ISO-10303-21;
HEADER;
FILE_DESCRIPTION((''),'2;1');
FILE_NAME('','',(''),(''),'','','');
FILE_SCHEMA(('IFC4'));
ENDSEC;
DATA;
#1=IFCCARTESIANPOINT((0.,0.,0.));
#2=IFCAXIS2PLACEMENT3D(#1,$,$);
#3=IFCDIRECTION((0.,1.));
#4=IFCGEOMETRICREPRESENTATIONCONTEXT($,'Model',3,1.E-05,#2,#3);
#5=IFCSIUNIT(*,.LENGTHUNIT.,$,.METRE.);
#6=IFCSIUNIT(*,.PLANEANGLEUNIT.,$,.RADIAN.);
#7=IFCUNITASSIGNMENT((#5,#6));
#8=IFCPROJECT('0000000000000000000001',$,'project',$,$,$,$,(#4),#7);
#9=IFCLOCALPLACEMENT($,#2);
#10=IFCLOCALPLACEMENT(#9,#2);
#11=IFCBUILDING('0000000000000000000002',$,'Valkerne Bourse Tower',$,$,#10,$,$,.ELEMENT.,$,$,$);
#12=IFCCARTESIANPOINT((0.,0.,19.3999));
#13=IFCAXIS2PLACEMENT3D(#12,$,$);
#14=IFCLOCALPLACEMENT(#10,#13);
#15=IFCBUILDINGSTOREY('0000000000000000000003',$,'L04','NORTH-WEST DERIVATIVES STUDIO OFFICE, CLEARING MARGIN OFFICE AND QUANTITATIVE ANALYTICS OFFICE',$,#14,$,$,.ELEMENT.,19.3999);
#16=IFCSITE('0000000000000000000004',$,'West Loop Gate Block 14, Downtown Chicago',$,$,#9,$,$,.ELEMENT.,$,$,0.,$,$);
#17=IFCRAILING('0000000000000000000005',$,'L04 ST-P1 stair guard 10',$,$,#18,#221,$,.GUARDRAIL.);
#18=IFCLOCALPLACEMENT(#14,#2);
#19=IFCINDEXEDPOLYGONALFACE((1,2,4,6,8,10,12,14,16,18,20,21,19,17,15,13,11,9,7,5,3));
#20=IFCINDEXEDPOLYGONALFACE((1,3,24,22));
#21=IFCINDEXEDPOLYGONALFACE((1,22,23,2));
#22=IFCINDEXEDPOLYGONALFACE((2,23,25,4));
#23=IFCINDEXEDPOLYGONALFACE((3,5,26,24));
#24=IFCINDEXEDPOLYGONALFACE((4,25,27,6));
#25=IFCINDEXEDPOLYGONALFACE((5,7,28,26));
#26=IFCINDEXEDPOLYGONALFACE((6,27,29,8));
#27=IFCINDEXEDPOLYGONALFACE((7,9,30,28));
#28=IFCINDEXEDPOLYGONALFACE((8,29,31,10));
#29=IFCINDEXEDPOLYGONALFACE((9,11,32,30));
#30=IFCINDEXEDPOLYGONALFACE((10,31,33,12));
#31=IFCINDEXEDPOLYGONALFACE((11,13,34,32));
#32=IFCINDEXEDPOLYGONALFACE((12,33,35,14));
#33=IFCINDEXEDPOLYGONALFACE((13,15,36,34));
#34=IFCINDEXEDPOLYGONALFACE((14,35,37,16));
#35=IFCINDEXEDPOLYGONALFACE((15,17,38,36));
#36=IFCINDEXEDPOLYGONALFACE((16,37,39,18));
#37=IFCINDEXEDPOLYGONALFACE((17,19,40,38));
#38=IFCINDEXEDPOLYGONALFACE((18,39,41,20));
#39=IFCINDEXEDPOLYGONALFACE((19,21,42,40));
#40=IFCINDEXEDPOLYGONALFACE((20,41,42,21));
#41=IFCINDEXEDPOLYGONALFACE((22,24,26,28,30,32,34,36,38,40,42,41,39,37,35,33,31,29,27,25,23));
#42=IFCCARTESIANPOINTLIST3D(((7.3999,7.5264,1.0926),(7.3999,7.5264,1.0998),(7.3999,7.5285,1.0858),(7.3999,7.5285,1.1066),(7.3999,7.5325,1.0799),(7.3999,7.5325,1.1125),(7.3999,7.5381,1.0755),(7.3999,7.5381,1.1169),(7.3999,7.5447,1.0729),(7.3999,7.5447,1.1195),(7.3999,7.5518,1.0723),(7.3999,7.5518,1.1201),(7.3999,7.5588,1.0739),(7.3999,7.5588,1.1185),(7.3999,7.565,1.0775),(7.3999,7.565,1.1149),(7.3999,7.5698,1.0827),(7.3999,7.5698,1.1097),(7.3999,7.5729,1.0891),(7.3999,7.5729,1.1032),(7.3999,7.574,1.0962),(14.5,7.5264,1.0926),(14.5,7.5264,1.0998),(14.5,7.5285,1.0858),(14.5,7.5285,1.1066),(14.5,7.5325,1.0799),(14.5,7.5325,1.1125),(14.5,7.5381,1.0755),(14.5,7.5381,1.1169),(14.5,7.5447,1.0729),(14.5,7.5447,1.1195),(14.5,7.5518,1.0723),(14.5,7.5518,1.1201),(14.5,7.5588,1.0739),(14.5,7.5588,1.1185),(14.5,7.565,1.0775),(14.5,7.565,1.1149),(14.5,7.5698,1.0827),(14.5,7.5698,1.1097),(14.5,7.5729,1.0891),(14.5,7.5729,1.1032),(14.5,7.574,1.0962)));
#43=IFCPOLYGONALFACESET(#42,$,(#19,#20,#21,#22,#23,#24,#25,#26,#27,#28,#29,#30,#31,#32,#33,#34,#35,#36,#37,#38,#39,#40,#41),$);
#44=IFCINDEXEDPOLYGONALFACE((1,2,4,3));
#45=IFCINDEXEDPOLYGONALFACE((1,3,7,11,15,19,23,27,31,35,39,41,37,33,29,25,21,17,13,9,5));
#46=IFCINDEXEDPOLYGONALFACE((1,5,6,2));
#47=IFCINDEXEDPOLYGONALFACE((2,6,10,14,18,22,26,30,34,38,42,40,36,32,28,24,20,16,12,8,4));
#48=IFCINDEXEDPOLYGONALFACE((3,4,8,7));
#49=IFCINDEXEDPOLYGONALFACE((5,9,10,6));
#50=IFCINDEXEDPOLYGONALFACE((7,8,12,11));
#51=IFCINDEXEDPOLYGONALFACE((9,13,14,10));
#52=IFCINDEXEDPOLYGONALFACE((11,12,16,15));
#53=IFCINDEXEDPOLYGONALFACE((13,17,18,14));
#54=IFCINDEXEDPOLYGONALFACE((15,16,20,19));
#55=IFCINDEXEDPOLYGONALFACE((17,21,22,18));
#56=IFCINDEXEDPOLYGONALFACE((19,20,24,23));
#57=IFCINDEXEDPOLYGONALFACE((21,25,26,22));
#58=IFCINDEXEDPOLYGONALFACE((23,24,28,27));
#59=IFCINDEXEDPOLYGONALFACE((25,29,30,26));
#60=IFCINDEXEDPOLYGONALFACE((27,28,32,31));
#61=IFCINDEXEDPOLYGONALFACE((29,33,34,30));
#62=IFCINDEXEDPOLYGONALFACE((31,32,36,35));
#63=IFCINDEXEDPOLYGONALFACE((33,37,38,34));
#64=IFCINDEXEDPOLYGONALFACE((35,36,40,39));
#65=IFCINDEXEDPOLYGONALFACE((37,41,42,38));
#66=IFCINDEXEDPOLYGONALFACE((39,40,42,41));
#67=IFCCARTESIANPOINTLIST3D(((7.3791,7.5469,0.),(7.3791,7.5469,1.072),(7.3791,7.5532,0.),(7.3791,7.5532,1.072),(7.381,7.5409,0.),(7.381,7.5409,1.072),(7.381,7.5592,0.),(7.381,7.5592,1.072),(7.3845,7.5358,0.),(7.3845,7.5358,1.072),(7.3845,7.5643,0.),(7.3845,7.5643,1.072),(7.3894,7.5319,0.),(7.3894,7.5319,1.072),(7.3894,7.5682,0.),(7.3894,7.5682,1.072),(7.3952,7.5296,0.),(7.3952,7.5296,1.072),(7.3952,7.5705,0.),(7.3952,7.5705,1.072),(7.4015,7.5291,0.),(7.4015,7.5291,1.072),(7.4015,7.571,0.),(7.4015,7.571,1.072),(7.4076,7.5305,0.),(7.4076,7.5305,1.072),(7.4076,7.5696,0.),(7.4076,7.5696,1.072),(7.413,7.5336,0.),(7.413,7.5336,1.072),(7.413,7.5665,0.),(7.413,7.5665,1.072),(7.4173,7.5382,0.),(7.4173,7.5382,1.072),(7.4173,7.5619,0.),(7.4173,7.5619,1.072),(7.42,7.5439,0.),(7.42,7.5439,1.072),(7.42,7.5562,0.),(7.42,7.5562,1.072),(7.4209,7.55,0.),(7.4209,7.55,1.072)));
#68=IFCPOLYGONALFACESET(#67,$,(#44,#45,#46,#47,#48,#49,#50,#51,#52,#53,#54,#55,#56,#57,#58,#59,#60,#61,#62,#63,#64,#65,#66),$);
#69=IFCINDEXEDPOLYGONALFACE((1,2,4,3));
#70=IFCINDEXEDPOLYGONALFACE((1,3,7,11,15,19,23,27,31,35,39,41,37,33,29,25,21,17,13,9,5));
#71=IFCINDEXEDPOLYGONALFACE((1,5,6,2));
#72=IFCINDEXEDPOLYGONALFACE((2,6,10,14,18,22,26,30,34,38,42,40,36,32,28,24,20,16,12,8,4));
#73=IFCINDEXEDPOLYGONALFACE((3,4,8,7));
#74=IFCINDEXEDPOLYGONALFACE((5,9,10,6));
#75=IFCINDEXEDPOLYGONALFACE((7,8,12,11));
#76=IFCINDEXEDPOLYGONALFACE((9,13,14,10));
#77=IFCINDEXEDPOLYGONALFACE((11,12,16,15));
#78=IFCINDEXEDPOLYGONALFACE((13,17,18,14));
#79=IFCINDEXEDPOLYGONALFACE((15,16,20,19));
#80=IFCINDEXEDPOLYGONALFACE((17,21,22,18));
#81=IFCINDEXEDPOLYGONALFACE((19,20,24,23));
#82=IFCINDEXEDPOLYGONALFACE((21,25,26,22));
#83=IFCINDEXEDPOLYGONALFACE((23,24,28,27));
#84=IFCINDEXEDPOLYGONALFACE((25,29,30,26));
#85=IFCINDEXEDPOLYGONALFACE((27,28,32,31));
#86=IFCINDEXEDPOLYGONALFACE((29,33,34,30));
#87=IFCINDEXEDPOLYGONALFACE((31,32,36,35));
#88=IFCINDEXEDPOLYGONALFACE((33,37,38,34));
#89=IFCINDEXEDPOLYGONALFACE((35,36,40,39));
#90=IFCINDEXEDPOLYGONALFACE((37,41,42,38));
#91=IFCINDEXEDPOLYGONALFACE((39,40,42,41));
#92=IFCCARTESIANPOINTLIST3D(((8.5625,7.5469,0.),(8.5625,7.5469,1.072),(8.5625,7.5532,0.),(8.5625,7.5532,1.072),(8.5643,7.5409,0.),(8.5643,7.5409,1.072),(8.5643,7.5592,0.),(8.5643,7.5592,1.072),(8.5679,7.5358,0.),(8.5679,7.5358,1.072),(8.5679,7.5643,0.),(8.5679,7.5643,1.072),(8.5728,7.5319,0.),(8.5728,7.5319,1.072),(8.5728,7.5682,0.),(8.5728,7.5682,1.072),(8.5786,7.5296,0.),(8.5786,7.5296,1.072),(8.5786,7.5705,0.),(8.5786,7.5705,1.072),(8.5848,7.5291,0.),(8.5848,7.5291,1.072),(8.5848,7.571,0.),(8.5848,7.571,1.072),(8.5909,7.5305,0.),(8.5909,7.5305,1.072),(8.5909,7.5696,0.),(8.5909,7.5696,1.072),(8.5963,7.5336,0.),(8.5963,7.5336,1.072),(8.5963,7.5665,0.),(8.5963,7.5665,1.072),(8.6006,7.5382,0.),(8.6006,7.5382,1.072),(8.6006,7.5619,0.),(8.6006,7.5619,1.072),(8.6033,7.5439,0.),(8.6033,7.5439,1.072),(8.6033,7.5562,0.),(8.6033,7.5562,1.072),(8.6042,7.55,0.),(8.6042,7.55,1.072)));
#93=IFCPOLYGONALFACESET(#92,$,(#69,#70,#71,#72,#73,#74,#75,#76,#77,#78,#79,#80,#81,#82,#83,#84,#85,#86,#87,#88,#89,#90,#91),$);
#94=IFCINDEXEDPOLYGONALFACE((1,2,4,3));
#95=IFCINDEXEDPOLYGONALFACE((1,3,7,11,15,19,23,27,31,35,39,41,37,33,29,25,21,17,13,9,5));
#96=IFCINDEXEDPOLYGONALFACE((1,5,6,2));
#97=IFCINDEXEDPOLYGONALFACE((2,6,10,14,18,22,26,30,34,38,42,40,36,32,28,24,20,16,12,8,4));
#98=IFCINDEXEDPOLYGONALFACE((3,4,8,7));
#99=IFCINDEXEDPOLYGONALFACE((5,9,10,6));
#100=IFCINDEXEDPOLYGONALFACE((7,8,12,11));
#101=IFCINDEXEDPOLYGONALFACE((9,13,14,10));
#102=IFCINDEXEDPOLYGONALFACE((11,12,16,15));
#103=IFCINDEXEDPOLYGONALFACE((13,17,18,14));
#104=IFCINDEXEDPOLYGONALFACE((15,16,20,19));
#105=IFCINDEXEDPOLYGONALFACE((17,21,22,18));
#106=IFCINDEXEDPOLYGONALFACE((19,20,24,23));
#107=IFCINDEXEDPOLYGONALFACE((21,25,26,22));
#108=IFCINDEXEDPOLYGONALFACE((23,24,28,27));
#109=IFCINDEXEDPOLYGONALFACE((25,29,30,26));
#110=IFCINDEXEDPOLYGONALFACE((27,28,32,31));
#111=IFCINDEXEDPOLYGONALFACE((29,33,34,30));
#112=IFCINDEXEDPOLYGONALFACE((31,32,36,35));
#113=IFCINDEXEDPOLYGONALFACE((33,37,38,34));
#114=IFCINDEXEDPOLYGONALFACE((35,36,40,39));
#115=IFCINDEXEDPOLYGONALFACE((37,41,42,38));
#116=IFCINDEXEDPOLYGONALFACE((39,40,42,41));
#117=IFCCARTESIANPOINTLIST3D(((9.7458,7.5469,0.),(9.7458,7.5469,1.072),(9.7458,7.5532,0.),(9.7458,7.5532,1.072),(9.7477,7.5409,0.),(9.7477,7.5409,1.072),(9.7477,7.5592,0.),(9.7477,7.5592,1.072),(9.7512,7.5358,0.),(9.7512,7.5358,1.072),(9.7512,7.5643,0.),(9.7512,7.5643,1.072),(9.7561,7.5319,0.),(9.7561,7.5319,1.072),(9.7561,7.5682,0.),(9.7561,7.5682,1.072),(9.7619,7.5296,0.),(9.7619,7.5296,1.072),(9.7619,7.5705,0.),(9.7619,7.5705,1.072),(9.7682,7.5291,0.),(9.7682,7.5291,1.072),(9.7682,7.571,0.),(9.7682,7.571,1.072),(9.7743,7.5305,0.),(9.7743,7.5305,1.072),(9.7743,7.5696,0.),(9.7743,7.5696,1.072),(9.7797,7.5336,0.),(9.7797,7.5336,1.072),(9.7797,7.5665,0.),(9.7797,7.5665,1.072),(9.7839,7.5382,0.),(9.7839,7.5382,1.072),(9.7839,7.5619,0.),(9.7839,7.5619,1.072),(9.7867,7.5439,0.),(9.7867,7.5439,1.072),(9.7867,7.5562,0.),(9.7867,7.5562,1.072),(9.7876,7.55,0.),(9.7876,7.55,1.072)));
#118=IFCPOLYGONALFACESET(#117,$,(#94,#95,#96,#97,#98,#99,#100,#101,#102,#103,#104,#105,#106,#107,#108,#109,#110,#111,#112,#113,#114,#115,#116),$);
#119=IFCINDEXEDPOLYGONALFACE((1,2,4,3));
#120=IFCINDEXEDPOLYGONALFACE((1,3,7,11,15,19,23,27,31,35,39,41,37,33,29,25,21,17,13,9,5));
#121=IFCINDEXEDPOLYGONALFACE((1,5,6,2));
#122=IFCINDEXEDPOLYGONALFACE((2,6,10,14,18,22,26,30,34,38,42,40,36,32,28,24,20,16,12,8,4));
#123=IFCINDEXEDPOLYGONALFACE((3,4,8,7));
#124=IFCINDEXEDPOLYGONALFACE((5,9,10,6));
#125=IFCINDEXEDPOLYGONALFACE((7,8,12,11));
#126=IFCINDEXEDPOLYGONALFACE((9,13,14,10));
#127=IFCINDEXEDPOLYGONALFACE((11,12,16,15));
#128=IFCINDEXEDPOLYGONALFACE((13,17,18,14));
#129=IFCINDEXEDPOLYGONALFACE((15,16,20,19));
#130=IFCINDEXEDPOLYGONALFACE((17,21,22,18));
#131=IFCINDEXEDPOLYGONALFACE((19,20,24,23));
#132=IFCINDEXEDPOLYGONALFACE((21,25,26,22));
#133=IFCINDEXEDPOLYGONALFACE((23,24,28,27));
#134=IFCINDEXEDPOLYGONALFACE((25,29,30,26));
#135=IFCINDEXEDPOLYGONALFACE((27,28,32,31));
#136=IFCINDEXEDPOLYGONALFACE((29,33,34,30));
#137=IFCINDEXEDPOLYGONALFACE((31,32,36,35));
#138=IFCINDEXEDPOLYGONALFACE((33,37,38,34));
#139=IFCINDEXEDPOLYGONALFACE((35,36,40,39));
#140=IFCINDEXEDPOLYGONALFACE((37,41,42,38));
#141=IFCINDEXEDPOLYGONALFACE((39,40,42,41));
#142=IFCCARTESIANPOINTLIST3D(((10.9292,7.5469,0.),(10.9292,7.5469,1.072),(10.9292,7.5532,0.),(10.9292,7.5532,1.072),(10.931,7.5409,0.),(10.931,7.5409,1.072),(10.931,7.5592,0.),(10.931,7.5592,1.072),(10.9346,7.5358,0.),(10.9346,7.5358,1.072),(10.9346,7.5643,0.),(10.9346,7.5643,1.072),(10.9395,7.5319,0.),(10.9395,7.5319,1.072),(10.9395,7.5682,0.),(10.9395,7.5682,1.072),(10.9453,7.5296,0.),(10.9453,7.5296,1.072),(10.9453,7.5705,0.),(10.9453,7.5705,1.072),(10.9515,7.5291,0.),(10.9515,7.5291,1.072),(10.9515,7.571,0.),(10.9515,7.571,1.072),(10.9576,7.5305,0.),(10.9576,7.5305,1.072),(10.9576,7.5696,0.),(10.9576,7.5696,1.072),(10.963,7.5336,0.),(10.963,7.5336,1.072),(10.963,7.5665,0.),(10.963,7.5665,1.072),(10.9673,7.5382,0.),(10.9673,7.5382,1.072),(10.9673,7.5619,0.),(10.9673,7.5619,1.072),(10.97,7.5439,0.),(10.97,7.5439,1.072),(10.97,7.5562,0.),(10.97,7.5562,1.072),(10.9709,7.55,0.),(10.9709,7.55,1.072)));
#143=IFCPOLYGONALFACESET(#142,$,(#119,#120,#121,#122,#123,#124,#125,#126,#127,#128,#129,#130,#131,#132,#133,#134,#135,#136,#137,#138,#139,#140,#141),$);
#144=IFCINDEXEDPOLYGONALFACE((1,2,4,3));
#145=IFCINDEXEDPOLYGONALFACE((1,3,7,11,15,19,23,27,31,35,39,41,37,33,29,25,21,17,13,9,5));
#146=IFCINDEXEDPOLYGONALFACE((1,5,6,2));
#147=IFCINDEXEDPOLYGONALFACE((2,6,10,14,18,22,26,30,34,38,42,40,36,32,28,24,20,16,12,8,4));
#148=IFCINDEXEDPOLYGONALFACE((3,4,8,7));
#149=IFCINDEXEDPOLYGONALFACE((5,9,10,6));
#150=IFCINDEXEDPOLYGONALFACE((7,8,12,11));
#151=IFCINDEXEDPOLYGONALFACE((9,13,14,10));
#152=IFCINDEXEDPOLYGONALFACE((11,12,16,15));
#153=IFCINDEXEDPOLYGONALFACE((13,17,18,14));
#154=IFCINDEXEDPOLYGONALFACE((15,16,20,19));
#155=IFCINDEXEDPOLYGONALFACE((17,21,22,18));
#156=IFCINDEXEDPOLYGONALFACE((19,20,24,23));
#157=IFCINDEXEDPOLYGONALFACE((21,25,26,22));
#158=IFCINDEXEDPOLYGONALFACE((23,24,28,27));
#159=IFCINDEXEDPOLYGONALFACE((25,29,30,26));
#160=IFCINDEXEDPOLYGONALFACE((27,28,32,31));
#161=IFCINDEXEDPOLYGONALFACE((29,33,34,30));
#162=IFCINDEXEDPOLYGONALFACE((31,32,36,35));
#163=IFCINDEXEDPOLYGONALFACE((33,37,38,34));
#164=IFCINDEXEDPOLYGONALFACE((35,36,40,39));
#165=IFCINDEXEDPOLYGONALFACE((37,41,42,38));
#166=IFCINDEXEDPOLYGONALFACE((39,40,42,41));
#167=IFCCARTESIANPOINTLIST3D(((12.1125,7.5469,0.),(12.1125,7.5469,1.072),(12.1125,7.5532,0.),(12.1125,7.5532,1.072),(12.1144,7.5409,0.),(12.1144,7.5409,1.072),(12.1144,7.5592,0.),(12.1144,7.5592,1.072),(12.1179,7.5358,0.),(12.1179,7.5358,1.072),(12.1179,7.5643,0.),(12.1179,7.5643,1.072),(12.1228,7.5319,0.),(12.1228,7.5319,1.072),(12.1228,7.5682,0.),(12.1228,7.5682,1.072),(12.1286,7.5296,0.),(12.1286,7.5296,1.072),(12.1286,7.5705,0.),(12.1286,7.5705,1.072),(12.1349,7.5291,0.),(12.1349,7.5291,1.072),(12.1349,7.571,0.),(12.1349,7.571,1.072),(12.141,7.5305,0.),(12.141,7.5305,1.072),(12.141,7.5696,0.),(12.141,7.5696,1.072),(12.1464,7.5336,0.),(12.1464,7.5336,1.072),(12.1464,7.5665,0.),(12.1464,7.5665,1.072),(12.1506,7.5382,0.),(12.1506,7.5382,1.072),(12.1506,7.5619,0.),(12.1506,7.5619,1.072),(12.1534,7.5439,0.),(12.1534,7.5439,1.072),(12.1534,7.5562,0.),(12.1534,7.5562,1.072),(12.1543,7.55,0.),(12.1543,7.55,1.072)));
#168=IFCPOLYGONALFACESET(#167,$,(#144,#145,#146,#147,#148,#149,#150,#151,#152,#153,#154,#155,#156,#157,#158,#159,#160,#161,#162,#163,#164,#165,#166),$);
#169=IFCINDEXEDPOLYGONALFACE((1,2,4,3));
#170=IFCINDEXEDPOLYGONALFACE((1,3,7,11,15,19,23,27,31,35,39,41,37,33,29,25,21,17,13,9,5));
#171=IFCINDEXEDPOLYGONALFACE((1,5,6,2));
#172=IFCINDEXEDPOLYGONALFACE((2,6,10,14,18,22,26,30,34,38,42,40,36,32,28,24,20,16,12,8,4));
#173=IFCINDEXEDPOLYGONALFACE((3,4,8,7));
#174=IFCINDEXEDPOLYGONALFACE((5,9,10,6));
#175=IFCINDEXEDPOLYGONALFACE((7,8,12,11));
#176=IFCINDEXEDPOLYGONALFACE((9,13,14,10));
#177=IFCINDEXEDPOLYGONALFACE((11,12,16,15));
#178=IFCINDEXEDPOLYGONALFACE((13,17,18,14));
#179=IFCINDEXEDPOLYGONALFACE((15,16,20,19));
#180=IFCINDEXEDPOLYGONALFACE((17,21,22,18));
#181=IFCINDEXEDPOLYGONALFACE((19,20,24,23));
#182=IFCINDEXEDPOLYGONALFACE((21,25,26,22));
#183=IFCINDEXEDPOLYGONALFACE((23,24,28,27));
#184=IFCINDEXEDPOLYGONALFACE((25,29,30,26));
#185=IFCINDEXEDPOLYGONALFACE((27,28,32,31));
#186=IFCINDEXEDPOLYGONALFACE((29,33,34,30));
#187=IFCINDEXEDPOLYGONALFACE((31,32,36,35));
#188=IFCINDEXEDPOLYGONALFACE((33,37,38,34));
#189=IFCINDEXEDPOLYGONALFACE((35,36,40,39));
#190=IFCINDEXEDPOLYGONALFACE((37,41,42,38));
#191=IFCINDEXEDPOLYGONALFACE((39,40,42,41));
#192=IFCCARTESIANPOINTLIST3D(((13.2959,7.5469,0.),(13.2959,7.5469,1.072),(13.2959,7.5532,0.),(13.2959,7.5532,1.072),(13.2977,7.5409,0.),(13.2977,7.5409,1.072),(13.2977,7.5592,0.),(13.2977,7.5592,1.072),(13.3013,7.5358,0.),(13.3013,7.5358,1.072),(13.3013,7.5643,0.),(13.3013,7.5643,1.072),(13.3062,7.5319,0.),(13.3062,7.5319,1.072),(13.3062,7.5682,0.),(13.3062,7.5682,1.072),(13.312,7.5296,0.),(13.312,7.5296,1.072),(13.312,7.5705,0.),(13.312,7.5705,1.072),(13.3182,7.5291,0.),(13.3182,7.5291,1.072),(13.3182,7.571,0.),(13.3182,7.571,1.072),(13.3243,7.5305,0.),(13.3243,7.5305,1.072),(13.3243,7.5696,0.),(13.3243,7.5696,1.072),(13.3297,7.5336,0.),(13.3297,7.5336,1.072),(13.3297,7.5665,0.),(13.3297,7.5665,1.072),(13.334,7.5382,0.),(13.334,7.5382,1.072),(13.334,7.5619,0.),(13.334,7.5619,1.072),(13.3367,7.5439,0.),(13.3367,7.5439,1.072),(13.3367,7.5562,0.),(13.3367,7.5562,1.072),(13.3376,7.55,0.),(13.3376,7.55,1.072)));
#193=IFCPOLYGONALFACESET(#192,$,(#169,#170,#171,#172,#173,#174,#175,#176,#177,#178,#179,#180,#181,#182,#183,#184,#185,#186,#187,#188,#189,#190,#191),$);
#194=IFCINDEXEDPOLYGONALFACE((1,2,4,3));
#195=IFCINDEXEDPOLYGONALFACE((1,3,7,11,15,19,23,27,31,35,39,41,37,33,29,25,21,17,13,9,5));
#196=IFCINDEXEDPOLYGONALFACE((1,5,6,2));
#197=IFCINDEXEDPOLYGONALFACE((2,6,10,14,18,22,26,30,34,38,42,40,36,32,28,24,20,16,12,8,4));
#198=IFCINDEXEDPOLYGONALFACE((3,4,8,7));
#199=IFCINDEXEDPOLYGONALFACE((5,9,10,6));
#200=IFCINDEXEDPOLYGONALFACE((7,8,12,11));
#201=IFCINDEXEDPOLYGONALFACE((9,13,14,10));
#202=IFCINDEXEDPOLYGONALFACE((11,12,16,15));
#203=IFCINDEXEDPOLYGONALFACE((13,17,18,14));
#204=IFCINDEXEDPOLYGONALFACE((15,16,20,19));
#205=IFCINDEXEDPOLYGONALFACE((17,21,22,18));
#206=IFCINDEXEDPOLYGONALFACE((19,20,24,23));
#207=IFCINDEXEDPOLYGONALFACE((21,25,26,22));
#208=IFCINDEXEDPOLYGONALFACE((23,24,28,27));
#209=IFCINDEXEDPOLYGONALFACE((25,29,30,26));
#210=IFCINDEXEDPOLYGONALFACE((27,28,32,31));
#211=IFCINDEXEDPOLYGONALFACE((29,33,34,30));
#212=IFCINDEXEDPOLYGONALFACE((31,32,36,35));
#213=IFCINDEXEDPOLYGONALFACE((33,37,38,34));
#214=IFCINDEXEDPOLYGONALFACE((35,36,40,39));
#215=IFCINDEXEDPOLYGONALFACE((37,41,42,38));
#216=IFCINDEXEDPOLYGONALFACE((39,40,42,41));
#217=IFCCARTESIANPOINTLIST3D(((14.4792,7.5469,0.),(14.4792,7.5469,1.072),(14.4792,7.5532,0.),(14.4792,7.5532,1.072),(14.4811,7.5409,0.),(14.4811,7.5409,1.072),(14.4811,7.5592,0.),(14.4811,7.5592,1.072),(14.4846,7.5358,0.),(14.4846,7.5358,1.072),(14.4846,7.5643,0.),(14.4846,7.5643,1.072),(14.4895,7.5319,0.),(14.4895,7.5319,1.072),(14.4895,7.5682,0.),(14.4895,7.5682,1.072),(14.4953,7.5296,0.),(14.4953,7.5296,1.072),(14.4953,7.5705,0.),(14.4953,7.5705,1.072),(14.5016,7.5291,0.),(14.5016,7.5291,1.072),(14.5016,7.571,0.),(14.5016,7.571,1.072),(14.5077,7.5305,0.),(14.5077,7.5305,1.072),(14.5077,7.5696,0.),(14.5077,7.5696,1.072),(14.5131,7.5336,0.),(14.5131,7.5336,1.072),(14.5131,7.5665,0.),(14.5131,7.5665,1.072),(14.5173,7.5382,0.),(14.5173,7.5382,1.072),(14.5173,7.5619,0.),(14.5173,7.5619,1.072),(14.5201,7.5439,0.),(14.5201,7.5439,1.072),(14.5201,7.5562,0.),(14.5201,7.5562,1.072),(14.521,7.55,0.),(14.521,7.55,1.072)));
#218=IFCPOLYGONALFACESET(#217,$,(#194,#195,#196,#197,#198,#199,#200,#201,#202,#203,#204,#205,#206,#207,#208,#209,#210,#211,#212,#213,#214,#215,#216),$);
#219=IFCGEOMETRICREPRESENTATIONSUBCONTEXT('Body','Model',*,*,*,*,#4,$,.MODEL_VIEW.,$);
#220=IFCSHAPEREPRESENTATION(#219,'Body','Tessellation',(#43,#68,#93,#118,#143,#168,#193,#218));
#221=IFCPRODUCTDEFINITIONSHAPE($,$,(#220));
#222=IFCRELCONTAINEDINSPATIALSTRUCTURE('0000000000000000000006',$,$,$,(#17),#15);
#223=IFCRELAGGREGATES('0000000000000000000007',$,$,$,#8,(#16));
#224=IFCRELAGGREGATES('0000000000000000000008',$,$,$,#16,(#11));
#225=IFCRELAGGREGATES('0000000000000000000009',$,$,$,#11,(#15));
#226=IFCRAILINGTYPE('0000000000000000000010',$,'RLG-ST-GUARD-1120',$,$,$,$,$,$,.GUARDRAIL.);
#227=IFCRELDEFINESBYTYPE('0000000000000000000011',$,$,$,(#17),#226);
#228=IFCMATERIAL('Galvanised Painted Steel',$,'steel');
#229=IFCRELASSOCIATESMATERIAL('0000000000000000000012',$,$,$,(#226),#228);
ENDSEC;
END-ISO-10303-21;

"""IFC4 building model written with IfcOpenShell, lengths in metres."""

from ifc_helpers import new_model, si_unit, direction, frame, origin, origin_2d, place, context, subcontext, project, spatial, circle, extrude, material, type_object, element, save


model = new_model("IFC4")

# Units and contexts
model_context = context("Model", 3, precision=1e-05, world=origin(), true_north=direction((0.0, 1.0)))
body_context = subcontext(model_context, "Body", "Model", "MODEL_VIEW")
ifc_project = project(units=[si_unit("LENGTHUNIT", "METRE"), si_unit("PLANEANGLEUNIT", "RADIAN")], contexts=[model_context])

# Site, building, storey
site_placement = place(None, origin())
site = spatial("IfcSite", under=ifc_project, at=site_placement, Name="West Loop Gate Block 14, Downtown Chicago", CompositionType="ELEMENT", RefElevation=0.0)
building_placement = place(site_placement, origin())
building = spatial("IfcBuilding", under=site, at=building_placement, Name="Valkerne Bourse Tower", CompositionType="ELEMENT")
storey_placement = place(building_placement, frame((0.0, 0.0, 19.3999)))
storey = spatial("IfcBuildingStorey", under=building, at=storey_placement, Name="L04", Description="NORTH-WEST DERIVATIVES STUDIO OFFICE, CLEARING MARGIN OFFICE AND QUANTITATIVE ANALYTICS OFFICE", CompositionType="ELEMENT", Elevation=19.3999)

# Shared definitions
ifc_material_1 = material(Name="Galvanised Painted Steel", Category="steel")

# Railing
railing_type_1 = type_object("IfcRailingType", Name="RLG-ST-GUARD-1120", PredefinedType="GUARDRAIL", material=ifc_material_1)
railing_1_placement = place(storey_placement, frame((7.3999, 7.55, 0.0)))
element("IfcRailing", 1, at=railing_1_placement, inside=storey, type_object=railing_type_1, Name="L04 ST-P1 stair guard 10", PredefinedType="GUARDRAIL", context=body_context, shape_type="SweptSolid", body=[
    extrude(circle(Radius=0.0239, at=origin_2d()), frame((0.0, 0.0, 1.0962), z_axis=(1.0, 0.0, 0.0), x_axis=(0.0, 1.0, 0.0)), (0.0, 0.0, 1.0), 7.1001),
    extrude(circle(Radius=0.021, at=origin_2d()), origin(), (0.0, 0.0, 1.0), 1.072),
    extrude(circle(Radius=0.021, at=origin_2d()), frame((1.1833, 0.0, 0.0)), (0.0, 0.0, 1.0), 1.072),
    extrude(circle(Radius=0.021, at=origin_2d()), frame((2.3667, 0.0, 0.0)), (0.0, 0.0, 1.0), 1.072),
    extrude(circle(Radius=0.021, at=origin_2d()), frame((3.55, 0.0, 0.0)), (0.0, 0.0, 1.0), 1.072),
    extrude(circle(Radius=0.021, at=origin_2d()), frame((4.7334, 0.0, 0.0)), (0.0, 0.0, 1.0), 1.072),
    extrude(circle(Radius=0.021, at=origin_2d()), frame((5.9167, 0.0, 0.0)), (0.0, 0.0, 1.0), 1.072),
    extrude(circle(Radius=0.021, at=origin_2d()), frame((7.1001, 0.0, 0.0)), (0.0, 0.0, 1.0), 1.072),
])

save(model, "model.ifc")
